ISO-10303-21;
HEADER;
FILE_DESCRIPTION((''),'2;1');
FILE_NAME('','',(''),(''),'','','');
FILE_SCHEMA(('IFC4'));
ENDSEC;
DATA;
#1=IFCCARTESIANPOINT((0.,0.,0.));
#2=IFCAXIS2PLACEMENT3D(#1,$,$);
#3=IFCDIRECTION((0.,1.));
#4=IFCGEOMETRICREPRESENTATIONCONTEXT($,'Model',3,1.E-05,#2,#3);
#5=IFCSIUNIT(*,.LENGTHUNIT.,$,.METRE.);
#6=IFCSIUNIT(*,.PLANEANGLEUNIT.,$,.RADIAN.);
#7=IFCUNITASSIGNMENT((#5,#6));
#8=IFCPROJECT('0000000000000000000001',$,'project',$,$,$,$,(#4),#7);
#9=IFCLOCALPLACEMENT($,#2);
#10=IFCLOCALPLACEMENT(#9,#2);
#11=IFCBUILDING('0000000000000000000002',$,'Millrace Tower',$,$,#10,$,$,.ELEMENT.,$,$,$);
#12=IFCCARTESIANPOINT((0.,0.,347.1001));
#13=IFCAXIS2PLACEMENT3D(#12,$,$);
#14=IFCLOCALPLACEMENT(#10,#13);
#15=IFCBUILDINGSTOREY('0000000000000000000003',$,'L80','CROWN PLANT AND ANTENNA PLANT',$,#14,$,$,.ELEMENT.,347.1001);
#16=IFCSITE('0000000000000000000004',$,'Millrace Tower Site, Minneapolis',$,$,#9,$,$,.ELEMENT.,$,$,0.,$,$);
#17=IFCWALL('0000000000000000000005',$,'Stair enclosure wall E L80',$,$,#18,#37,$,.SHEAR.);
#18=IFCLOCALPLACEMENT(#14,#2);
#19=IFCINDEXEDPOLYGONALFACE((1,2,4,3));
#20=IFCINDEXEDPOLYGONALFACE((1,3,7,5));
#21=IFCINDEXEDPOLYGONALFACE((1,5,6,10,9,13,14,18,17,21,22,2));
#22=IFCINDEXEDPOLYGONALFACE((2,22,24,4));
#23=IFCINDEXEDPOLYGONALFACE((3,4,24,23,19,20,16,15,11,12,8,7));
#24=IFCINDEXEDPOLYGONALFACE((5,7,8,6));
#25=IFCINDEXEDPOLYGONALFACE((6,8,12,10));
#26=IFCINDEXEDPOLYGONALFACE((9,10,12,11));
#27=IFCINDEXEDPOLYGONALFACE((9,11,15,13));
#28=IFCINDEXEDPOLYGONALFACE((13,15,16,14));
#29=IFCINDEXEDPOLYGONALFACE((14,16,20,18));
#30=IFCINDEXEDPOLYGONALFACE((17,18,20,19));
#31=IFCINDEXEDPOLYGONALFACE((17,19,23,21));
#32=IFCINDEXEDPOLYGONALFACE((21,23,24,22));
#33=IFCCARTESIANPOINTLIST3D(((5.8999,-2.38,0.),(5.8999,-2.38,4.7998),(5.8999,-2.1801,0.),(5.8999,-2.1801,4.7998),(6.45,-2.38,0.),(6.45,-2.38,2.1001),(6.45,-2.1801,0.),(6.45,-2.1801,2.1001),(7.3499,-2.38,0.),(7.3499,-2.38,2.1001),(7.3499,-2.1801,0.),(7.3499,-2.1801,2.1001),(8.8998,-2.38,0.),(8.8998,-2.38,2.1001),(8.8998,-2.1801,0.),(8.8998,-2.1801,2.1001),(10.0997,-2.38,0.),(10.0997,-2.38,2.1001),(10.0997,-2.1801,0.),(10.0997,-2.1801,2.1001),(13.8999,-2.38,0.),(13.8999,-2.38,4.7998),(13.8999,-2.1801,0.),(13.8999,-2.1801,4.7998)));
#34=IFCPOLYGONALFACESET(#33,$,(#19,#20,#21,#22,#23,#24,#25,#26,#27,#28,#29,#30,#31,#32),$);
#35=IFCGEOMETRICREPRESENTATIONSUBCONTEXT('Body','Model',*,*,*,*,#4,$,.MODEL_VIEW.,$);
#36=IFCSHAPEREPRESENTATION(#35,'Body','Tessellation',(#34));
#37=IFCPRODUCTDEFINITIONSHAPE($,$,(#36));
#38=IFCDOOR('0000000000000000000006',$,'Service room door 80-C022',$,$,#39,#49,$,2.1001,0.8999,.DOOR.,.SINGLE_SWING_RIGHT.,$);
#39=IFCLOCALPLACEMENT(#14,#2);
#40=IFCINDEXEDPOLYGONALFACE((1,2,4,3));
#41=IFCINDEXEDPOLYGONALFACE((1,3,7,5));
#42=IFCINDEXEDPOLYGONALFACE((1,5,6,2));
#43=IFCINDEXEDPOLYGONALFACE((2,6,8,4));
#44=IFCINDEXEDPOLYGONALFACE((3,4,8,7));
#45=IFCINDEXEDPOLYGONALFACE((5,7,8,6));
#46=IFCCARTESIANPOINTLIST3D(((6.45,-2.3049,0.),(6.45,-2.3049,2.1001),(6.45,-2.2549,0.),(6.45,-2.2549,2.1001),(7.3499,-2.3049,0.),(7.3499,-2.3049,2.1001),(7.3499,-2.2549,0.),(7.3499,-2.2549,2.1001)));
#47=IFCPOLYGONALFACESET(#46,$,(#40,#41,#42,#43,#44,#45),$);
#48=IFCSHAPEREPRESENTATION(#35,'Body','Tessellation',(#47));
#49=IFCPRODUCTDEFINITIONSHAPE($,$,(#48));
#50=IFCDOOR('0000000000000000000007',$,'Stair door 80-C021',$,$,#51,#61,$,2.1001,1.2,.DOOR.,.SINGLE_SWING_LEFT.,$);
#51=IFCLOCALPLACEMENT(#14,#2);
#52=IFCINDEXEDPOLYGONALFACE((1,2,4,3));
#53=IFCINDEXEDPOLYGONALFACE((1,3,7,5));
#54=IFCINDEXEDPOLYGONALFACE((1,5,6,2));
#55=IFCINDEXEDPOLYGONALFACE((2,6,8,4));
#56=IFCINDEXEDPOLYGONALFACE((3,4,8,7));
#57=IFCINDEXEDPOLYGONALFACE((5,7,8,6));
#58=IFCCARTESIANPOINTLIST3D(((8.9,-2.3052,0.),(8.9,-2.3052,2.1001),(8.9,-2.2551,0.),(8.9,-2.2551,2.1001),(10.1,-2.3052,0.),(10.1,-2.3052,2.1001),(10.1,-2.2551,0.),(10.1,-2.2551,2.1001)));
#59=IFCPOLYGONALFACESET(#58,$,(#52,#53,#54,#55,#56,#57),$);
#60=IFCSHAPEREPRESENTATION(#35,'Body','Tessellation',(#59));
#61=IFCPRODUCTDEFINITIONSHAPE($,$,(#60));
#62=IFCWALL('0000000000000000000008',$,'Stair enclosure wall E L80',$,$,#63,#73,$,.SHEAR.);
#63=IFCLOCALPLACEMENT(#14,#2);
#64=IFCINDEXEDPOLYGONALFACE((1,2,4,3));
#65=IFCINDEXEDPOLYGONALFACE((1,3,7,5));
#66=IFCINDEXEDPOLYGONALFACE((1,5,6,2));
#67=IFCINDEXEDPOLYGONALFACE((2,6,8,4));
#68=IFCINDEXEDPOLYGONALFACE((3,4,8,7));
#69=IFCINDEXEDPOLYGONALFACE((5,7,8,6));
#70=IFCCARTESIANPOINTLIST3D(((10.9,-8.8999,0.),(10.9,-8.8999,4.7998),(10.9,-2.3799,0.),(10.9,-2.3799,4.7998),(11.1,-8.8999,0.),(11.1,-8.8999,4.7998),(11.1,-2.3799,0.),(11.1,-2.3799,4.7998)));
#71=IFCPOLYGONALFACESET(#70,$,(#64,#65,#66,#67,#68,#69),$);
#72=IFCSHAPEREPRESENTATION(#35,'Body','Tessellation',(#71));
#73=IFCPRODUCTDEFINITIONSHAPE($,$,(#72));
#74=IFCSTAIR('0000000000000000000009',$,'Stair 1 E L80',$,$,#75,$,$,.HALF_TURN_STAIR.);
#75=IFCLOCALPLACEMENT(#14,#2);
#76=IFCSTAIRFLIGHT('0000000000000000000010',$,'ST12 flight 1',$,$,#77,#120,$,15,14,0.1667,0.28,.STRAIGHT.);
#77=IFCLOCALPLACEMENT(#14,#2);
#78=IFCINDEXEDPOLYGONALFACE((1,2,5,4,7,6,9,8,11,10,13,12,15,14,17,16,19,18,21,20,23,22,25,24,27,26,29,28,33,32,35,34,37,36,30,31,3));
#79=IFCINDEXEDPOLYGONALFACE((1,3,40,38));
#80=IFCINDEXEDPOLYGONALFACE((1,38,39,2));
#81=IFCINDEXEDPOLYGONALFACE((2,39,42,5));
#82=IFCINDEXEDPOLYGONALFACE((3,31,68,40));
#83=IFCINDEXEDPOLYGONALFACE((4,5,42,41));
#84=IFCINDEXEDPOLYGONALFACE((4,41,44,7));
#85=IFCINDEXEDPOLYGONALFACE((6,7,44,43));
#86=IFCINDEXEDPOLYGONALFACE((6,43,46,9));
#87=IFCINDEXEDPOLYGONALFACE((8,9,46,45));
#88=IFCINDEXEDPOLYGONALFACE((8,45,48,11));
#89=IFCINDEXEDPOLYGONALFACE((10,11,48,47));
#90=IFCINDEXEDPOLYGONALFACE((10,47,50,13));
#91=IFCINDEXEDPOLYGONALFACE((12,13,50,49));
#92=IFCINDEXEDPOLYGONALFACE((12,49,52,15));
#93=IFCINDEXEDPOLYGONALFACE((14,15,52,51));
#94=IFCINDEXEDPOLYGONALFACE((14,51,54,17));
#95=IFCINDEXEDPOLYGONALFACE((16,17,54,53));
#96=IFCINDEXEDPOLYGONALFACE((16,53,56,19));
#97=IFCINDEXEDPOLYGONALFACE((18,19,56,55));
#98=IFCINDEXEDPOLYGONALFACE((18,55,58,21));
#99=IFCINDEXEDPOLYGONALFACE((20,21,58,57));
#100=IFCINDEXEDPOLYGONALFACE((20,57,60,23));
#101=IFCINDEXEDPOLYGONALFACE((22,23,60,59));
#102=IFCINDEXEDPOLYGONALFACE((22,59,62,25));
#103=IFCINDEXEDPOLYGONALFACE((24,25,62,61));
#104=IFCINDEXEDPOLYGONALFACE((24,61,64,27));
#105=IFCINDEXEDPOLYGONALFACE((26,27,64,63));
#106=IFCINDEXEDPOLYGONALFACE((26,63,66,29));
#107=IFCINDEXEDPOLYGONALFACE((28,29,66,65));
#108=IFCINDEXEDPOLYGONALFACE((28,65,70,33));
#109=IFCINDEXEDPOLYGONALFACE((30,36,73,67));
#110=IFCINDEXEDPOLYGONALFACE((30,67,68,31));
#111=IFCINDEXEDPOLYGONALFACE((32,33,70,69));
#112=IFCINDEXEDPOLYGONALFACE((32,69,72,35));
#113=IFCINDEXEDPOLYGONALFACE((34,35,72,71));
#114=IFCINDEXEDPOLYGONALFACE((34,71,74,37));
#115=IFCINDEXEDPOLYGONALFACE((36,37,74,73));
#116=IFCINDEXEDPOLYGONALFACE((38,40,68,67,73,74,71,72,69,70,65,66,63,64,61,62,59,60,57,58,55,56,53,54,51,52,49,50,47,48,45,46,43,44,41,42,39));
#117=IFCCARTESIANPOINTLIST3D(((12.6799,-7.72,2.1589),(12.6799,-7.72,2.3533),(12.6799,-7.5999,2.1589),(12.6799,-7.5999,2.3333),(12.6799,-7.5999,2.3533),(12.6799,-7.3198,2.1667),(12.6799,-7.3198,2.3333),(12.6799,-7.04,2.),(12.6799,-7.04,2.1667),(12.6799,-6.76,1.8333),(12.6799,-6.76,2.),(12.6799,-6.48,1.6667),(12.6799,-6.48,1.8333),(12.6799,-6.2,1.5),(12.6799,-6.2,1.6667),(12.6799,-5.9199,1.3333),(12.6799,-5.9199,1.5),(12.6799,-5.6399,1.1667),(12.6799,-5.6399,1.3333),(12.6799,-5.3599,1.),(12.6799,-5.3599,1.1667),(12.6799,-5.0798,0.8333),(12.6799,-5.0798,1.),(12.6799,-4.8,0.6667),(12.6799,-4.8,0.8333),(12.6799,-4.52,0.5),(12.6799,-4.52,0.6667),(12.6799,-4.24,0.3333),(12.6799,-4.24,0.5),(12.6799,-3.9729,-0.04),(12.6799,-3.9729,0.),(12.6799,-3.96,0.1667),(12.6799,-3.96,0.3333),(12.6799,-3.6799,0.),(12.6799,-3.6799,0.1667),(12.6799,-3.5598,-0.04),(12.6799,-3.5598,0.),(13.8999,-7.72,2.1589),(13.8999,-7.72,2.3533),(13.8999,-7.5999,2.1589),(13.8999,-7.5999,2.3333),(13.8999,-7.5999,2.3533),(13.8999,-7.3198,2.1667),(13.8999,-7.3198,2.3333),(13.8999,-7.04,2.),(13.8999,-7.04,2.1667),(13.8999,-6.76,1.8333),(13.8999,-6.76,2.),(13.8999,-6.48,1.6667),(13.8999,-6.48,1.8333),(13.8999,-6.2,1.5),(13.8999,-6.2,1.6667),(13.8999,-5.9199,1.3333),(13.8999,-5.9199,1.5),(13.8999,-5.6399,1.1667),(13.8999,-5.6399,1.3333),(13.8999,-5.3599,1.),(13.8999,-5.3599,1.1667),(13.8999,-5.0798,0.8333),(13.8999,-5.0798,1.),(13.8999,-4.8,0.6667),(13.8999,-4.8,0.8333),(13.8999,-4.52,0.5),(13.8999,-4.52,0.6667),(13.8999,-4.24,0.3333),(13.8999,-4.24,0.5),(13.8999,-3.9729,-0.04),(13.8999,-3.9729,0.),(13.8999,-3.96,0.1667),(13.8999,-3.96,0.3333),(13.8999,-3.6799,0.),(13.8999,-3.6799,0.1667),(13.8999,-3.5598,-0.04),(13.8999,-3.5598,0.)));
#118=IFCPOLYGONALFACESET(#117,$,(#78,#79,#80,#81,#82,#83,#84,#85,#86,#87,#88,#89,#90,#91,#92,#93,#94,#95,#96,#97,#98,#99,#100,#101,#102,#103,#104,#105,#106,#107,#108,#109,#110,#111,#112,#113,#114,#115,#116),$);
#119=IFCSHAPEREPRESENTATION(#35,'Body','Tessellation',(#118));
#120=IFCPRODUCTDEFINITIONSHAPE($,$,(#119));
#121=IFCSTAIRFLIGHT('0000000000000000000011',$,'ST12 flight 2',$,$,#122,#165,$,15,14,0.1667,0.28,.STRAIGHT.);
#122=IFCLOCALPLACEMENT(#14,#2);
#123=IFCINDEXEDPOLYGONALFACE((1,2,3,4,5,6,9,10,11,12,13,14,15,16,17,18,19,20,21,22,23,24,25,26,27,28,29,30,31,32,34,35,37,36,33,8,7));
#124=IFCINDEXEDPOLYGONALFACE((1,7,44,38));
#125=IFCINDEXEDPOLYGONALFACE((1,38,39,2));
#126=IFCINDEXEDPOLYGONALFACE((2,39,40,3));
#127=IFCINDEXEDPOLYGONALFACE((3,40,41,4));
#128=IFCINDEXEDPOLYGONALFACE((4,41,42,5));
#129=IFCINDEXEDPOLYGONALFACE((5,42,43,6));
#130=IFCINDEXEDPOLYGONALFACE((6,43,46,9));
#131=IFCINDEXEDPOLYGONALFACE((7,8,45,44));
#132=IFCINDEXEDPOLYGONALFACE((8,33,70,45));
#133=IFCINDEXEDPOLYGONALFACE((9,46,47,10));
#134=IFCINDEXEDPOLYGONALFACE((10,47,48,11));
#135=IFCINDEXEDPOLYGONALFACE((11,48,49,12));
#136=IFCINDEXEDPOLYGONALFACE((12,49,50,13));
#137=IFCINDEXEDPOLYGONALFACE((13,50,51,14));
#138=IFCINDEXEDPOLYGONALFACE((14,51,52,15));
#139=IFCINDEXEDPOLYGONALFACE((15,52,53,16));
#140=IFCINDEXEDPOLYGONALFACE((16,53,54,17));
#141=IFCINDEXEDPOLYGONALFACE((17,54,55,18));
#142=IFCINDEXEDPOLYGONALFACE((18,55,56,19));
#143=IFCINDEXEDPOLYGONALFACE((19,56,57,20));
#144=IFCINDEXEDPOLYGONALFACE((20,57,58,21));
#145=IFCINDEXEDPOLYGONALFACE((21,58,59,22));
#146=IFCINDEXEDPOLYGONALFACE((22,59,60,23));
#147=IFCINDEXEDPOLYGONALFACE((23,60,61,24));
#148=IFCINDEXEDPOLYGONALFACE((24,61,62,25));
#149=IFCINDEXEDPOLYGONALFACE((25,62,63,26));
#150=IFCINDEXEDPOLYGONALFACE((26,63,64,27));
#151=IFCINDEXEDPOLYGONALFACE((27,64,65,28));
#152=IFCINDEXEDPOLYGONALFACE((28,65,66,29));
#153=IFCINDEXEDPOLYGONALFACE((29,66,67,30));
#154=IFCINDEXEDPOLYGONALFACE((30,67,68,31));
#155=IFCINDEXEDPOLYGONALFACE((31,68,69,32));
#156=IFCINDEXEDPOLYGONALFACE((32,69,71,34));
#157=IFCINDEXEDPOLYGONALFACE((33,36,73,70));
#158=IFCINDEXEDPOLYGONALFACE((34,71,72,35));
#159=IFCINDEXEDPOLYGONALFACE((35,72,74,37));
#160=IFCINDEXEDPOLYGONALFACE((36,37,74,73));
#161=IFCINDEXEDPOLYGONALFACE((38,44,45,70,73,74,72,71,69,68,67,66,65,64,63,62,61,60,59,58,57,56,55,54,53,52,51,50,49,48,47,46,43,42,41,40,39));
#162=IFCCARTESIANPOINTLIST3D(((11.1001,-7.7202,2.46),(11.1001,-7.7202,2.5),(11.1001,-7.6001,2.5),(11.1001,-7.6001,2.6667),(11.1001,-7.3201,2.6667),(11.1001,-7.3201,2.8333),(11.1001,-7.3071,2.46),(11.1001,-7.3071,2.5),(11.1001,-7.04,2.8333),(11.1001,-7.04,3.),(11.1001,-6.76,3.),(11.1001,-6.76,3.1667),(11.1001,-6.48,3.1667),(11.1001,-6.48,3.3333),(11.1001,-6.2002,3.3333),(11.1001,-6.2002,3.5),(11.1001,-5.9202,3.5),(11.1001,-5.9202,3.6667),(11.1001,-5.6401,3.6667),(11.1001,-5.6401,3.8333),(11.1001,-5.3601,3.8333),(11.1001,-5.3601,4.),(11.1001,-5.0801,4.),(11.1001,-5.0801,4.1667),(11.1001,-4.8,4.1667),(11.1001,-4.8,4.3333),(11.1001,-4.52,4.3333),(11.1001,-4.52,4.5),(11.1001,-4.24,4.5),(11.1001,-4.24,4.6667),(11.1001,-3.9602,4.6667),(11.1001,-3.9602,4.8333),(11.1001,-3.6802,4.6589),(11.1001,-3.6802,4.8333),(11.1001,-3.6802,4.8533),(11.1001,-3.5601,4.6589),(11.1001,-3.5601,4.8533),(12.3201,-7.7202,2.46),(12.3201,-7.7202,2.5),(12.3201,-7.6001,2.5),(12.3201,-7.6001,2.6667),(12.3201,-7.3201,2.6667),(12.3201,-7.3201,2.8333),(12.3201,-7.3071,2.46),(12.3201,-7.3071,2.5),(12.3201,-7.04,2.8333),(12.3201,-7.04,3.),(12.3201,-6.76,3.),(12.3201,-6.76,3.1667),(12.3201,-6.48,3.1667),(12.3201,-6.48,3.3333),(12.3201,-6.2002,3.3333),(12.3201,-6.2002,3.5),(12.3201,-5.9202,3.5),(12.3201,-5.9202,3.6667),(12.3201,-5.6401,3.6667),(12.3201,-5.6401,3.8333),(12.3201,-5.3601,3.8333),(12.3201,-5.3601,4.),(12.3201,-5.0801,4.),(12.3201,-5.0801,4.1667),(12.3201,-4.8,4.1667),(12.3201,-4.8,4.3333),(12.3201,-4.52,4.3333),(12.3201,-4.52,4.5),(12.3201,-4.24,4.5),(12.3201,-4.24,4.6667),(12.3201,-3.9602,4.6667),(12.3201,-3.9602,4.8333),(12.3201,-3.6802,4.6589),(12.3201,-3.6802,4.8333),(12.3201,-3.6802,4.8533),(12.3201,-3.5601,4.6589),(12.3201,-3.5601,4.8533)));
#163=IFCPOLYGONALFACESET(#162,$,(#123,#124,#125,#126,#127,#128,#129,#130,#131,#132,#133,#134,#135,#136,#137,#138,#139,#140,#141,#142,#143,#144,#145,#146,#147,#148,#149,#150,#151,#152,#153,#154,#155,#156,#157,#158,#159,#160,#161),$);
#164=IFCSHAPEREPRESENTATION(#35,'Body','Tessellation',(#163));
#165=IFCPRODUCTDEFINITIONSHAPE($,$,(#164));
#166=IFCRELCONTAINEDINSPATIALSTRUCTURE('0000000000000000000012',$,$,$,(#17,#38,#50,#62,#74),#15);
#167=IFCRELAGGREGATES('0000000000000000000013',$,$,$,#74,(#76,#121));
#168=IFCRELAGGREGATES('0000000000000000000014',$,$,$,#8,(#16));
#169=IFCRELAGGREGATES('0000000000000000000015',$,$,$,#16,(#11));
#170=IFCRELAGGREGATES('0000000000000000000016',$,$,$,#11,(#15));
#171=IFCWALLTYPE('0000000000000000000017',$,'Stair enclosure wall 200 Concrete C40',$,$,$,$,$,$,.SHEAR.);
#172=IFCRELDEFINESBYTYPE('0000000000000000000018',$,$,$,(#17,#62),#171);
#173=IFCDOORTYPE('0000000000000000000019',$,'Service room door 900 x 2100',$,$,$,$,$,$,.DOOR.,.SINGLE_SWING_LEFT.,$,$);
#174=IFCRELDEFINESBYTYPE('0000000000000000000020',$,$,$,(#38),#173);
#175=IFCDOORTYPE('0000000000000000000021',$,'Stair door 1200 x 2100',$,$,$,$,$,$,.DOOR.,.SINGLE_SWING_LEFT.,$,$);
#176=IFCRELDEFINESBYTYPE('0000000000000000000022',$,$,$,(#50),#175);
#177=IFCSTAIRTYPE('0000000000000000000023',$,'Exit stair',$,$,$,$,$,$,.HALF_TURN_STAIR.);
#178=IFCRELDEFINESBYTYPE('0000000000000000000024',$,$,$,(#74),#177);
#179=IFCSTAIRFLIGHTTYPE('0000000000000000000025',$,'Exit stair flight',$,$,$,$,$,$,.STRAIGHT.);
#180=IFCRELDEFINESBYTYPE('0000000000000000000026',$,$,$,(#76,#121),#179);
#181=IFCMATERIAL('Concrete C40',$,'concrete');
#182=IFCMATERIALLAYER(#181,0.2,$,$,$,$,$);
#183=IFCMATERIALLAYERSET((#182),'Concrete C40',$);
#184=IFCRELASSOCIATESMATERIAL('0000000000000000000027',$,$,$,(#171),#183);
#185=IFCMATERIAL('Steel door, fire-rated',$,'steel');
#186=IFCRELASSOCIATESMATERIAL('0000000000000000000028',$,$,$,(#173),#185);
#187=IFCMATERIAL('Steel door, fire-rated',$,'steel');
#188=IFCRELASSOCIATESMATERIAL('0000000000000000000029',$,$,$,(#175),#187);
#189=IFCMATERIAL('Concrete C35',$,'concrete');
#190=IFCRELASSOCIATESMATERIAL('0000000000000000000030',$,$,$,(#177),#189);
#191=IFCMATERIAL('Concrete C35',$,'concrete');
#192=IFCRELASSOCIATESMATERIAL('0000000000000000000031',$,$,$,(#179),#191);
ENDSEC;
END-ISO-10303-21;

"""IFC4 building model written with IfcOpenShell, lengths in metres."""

from ifc_helpers import new_model, si_unit, direction, frame, frame_2d, origin, place, context, subcontext, project, spatial, polyline, rectangle, outline, extrude, material, layer, layer_set, type_object, element, fill, aggregate, save


model = new_model("IFC4")

# Units and contexts
model_context = context("Model", 3, precision=1e-05, world=origin(), true_north=direction((0.0, 1.0)))
body_context = subcontext(model_context, "Body", "Model", "MODEL_VIEW")
ifc_project = project(units=[si_unit("LENGTHUNIT", "METRE"), si_unit("PLANEANGLEUNIT", "RADIAN")], contexts=[model_context])

# Site, building, storey
site_placement = place(None, origin())
site = spatial("IfcSite", under=ifc_project, at=site_placement, Name="Millrace Tower Site, Minneapolis", CompositionType="ELEMENT", RefElevation=0.0)
building_placement = place(site_placement, origin())
building = spatial("IfcBuilding", under=site, at=building_placement, Name="Millrace Tower", CompositionType="ELEMENT")
storey_placement = place(building_placement, frame((0.0, 0.0, 347.1001)))
storey = spatial("IfcBuildingStorey", under=building, at=storey_placement, Name="L80", Description="CROWN PLANT AND ANTENNA PLANT", CompositionType="ELEMENT", Elevation=347.1001)

# Shared definitions
placement = place(storey_placement, origin())

# Shared definitions
ifc_material_1 = material(Name="Concrete C40", Category="concrete")
ifc_layer_1 = layer(ifc_material_1, 0.2)
ifc_layer_set_1 = layer_set([ifc_layer_1], Name="Concrete C40")
wall_type_1 = type_object("IfcWallType", Name="Stair enclosure wall 200 Concrete C40", PredefinedType="SHEAR", material=ifc_layer_set_1)

# Wall, openings, doors
wall_1_placement = place(storey_placement, frame((13.8999, -2.28, 0.0), z_axis=(0.0, 0.0, 1.0), x_axis=(-1.0, 0.0, 0.0)))
wall_1 = element("IfcWall", 1, at=wall_1_placement, inside=storey, type_object=wall_type_1, Name="Stair enclosure wall E L80", PredefinedType="SHEAR", context=body_context, shape_type="SweptSolid", body=[
    extrude(rectangle(XDim=8.0, YDim=0.2, at=frame_2d((4.0, 0.0))), origin(), (0.0, 0.0, 1.0), 4.7998),
])
opening_1_placement = place(wall_1_placement, frame((3.8, 0.0, 0.0)))
opening_1 = element("IfcOpeningElement", 2, at=opening_1_placement, cuts=wall_1, PredefinedType="OPENING", context=body_context, shape_type="SweptSolid", body=[
    extrude(rectangle(XDim=1.2, YDim=2.1001, at=frame_2d((0.6001, 1.05))), frame((0.0, 0.1099, 0.0), z_axis=(0.0, -1.0, 0.0), x_axis=(1.0, 0.0, 0.0)), (0.0, 0.0, 1.0), 0.22),
])
opening_2_placement = place(wall_1_placement, frame((6.55, 0.0, 0.0)))
opening_2 = element("IfcOpeningElement", 3, at=opening_2_placement, cuts=wall_1, PredefinedType="OPENING", context=body_context, shape_type="SweptSolid", body=[
    extrude(rectangle(XDim=0.8999, YDim=2.1001, at=frame_2d((0.45, 1.05))), frame((0.0, 0.1099, 0.0), z_axis=(0.0, -1.0, 0.0), x_axis=(1.0, 0.0, 0.0)), (0.0, 0.0, 1.0), 0.22),
])
ifc_material_2 = material(Name="Steel door, fire-rated", Category="steel")
door_type_1 = type_object("IfcDoorType", Name="Service room door 900 x 2100", OperationType="SINGLE_SWING_LEFT", PredefinedType="DOOR", material=ifc_material_2)
door_1_placement = place(opening_2_placement, origin())
door_1 = element("IfcDoor", 4, at=door_1_placement, inside=storey, type_object=door_type_1, Name="Service room door 80-C022", OperationType="SINGLE_SWING_RIGHT", OverallHeight=2.1001, OverallWidth=0.8999, PredefinedType="DOOR", context=body_context, shape_type="SweptSolid", body=[
    extrude(rectangle(XDim=0.8999, YDim=2.1001, at=frame_2d((0.45, 1.05))), frame((0.0, 0.0249, 0.0), z_axis=(0.0, -1.0, 0.0), x_axis=(1.0, 0.0, 0.0)), (0.0, 0.0, 1.0), 0.05),
])
fill(opening_2, door_1)
ifc_material_3 = material(Name="Steel door, fire-rated", Category="steel")
door_type_2 = type_object("IfcDoorType", Name="Stair door 1200 x 2100", OperationType="SINGLE_SWING_LEFT", PredefinedType="DOOR", material=ifc_material_3)
door_2_placement = place(opening_1_placement, frame((1.2, 0.0, 0.0), z_axis=(0.0, 0.0, 1.0), x_axis=(-1.0, 0.0, 0.0)))
door_2 = element("IfcDoor", 5, at=door_2_placement, inside=storey, type_object=door_type_2, Name="Stair door 80-C021", OperationType="SINGLE_SWING_LEFT", OverallHeight=2.1001, OverallWidth=1.2, PredefinedType="DOOR", context=body_context, shape_type="SweptSolid", body=[
    extrude(rectangle(XDim=1.2, YDim=2.1001, at=frame_2d((0.6001, 1.05))), frame((0.0, 0.0249, 0.0), z_axis=(0.0, -1.0, 0.0), x_axis=(1.0, 0.0, 0.0)), (0.0, 0.0, 1.0), 0.05),
])
fill(opening_1, door_2)

# Wall
wall_2_placement = place(storey_placement, frame((11.0, -2.3799, 0.0), z_axis=(0.0, 0.0, 1.0), x_axis=(0.0, -1.0, 0.0)))
element("IfcWall", 6, at=wall_2_placement, inside=storey, type_object=wall_type_1, Name="Stair enclosure wall E L80", PredefinedType="SHEAR", context=body_context, shape_type="SweptSolid", body=[
    extrude(rectangle(XDim=6.52, YDim=0.2, at=frame_2d((3.26, 0.0))), origin(), (0.0, 0.0, 1.0), 4.7998),
])

# Stair, stair flights
ifc_material_4 = material(Name="Concrete C35", Category="concrete")
stair_type = type_object("IfcStairType", Name="Exit stair", PredefinedType="HALF_TURN_STAIR", material=ifc_material_4)
stair_1 = element("IfcStair", 7, at=placement, inside=storey, type_object=stair_type, Name="Stair 1 E L80", PredefinedType="HALF_TURN_STAIR")
ifc_material_5 = material(Name="Concrete C35", Category="concrete")
stair_flight_type = type_object("IfcStairFlightType", Name="Exit stair flight", PredefinedType="STRAIGHT", material=ifc_material_5)
stair_flight_1_placement = place(storey_placement, frame((13.29, -3.6799, 0.0), z_axis=(0.0, 0.0, 1.0), x_axis=(0.0, -1.0, 0.0)))
stair_flight_1 = element("IfcStairFlight", 8, at=stair_flight_1_placement, type_object=stair_flight_type, Name="ST12 flight 1", NumberOfRisers=15, NumberOfTreads=14, PredefinedType="STRAIGHT", RiserHeight=0.1667, TreadLength=0.28, context=body_context, shape_type="SweptSolid", body=[
    extrude(outline(polyline([(-0.1201, -0.04), (-0.1201, 0.0), (0.0, 0.0), (0.0, 0.1667), (0.28, 0.1667), (0.28, 0.3333), (0.5601, 0.3333), (0.5601, 0.5), (0.8401, 0.5), (0.8401, 0.6667), (1.1201, 0.6667), (1.1201, 0.8333), (1.3999, 0.8333), (1.3999, 1.0), (1.6799, 1.0), (1.6799, 1.1667), (1.96, 1.1667), (1.96, 1.3333), (2.24, 1.3333), (2.24, 1.5), (2.52, 1.5), (2.52, 1.6667), (2.8, 1.6667), (2.8, 1.8333), (3.0801, 1.8333), (3.0801, 2.0), (3.3601, 2.0), (3.3601, 2.1667), (3.6399, 2.1667), (3.6399, 2.3333), (3.9199, 2.3333), (3.9199, 2.3533), (4.04, 2.3533), (4.04, 2.1589), (3.9199, 2.1589), (0.293, 0.0), (0.293, -0.04), (-0.1201, -0.04)])), frame((0.0, 0.6099, 0.0), z_axis=(0.0, -1.0, 0.0), x_axis=(1.0, 0.0, 0.0)), (0.0, 0.0, 1.0), 1.22),
])
stair_flight_2_placement = place(storey_placement, frame((11.71, -7.6001, 2.5), z_axis=(0.0, 0.0, 1.0), x_axis=(0.0, 1.0, 0.0)))
stair_flight_2 = element("IfcStairFlight", 9, at=stair_flight_2_placement, type_object=stair_flight_type, Name="ST12 flight 2", NumberOfRisers=15, NumberOfTreads=14, PredefinedType="STRAIGHT", RiserHeight=0.1667, TreadLength=0.28, context=body_context, shape_type="SweptSolid", body=[
    extrude(outline(polyline([(-0.1201, -0.04), (-0.1201, 0.0), (0.0, 0.0), (0.0, 0.1667), (0.28, 0.1667), (0.28, 0.3333), (0.5601, 0.3333), (0.5601, 0.5), (0.8401, 0.5), (0.8401, 0.6667), (1.1201, 0.6667), (1.1201, 0.8333), (1.3999, 0.8333), (1.3999, 1.0), (1.6799, 1.0), (1.6799, 1.1667), (1.96, 1.1667), (1.96, 1.3333), (2.24, 1.3333), (2.24, 1.5), (2.52, 1.5), (2.52, 1.6667), (2.8, 1.6667), (2.8, 1.8333), (3.0801, 1.8333), (3.0801, 2.0), (3.3601, 2.0), (3.3601, 2.1667), (3.6399, 2.1667), (3.6399, 2.3333), (3.9199, 2.3333), (3.9199, 2.3533), (4.04, 2.3533), (4.04, 2.1589), (3.9199, 2.1589), (0.293, 0.0), (0.293, -0.04), (-0.1201, -0.04)])), frame((0.0, 0.6099, 0.0), z_axis=(0.0, -1.0, 0.0), x_axis=(1.0, 0.0, 0.0)), (0.0, 0.0, 1.0), 1.22),
])
aggregate(stair_1, [stair_flight_1, stair_flight_2])

save(model, "model.ifc")
